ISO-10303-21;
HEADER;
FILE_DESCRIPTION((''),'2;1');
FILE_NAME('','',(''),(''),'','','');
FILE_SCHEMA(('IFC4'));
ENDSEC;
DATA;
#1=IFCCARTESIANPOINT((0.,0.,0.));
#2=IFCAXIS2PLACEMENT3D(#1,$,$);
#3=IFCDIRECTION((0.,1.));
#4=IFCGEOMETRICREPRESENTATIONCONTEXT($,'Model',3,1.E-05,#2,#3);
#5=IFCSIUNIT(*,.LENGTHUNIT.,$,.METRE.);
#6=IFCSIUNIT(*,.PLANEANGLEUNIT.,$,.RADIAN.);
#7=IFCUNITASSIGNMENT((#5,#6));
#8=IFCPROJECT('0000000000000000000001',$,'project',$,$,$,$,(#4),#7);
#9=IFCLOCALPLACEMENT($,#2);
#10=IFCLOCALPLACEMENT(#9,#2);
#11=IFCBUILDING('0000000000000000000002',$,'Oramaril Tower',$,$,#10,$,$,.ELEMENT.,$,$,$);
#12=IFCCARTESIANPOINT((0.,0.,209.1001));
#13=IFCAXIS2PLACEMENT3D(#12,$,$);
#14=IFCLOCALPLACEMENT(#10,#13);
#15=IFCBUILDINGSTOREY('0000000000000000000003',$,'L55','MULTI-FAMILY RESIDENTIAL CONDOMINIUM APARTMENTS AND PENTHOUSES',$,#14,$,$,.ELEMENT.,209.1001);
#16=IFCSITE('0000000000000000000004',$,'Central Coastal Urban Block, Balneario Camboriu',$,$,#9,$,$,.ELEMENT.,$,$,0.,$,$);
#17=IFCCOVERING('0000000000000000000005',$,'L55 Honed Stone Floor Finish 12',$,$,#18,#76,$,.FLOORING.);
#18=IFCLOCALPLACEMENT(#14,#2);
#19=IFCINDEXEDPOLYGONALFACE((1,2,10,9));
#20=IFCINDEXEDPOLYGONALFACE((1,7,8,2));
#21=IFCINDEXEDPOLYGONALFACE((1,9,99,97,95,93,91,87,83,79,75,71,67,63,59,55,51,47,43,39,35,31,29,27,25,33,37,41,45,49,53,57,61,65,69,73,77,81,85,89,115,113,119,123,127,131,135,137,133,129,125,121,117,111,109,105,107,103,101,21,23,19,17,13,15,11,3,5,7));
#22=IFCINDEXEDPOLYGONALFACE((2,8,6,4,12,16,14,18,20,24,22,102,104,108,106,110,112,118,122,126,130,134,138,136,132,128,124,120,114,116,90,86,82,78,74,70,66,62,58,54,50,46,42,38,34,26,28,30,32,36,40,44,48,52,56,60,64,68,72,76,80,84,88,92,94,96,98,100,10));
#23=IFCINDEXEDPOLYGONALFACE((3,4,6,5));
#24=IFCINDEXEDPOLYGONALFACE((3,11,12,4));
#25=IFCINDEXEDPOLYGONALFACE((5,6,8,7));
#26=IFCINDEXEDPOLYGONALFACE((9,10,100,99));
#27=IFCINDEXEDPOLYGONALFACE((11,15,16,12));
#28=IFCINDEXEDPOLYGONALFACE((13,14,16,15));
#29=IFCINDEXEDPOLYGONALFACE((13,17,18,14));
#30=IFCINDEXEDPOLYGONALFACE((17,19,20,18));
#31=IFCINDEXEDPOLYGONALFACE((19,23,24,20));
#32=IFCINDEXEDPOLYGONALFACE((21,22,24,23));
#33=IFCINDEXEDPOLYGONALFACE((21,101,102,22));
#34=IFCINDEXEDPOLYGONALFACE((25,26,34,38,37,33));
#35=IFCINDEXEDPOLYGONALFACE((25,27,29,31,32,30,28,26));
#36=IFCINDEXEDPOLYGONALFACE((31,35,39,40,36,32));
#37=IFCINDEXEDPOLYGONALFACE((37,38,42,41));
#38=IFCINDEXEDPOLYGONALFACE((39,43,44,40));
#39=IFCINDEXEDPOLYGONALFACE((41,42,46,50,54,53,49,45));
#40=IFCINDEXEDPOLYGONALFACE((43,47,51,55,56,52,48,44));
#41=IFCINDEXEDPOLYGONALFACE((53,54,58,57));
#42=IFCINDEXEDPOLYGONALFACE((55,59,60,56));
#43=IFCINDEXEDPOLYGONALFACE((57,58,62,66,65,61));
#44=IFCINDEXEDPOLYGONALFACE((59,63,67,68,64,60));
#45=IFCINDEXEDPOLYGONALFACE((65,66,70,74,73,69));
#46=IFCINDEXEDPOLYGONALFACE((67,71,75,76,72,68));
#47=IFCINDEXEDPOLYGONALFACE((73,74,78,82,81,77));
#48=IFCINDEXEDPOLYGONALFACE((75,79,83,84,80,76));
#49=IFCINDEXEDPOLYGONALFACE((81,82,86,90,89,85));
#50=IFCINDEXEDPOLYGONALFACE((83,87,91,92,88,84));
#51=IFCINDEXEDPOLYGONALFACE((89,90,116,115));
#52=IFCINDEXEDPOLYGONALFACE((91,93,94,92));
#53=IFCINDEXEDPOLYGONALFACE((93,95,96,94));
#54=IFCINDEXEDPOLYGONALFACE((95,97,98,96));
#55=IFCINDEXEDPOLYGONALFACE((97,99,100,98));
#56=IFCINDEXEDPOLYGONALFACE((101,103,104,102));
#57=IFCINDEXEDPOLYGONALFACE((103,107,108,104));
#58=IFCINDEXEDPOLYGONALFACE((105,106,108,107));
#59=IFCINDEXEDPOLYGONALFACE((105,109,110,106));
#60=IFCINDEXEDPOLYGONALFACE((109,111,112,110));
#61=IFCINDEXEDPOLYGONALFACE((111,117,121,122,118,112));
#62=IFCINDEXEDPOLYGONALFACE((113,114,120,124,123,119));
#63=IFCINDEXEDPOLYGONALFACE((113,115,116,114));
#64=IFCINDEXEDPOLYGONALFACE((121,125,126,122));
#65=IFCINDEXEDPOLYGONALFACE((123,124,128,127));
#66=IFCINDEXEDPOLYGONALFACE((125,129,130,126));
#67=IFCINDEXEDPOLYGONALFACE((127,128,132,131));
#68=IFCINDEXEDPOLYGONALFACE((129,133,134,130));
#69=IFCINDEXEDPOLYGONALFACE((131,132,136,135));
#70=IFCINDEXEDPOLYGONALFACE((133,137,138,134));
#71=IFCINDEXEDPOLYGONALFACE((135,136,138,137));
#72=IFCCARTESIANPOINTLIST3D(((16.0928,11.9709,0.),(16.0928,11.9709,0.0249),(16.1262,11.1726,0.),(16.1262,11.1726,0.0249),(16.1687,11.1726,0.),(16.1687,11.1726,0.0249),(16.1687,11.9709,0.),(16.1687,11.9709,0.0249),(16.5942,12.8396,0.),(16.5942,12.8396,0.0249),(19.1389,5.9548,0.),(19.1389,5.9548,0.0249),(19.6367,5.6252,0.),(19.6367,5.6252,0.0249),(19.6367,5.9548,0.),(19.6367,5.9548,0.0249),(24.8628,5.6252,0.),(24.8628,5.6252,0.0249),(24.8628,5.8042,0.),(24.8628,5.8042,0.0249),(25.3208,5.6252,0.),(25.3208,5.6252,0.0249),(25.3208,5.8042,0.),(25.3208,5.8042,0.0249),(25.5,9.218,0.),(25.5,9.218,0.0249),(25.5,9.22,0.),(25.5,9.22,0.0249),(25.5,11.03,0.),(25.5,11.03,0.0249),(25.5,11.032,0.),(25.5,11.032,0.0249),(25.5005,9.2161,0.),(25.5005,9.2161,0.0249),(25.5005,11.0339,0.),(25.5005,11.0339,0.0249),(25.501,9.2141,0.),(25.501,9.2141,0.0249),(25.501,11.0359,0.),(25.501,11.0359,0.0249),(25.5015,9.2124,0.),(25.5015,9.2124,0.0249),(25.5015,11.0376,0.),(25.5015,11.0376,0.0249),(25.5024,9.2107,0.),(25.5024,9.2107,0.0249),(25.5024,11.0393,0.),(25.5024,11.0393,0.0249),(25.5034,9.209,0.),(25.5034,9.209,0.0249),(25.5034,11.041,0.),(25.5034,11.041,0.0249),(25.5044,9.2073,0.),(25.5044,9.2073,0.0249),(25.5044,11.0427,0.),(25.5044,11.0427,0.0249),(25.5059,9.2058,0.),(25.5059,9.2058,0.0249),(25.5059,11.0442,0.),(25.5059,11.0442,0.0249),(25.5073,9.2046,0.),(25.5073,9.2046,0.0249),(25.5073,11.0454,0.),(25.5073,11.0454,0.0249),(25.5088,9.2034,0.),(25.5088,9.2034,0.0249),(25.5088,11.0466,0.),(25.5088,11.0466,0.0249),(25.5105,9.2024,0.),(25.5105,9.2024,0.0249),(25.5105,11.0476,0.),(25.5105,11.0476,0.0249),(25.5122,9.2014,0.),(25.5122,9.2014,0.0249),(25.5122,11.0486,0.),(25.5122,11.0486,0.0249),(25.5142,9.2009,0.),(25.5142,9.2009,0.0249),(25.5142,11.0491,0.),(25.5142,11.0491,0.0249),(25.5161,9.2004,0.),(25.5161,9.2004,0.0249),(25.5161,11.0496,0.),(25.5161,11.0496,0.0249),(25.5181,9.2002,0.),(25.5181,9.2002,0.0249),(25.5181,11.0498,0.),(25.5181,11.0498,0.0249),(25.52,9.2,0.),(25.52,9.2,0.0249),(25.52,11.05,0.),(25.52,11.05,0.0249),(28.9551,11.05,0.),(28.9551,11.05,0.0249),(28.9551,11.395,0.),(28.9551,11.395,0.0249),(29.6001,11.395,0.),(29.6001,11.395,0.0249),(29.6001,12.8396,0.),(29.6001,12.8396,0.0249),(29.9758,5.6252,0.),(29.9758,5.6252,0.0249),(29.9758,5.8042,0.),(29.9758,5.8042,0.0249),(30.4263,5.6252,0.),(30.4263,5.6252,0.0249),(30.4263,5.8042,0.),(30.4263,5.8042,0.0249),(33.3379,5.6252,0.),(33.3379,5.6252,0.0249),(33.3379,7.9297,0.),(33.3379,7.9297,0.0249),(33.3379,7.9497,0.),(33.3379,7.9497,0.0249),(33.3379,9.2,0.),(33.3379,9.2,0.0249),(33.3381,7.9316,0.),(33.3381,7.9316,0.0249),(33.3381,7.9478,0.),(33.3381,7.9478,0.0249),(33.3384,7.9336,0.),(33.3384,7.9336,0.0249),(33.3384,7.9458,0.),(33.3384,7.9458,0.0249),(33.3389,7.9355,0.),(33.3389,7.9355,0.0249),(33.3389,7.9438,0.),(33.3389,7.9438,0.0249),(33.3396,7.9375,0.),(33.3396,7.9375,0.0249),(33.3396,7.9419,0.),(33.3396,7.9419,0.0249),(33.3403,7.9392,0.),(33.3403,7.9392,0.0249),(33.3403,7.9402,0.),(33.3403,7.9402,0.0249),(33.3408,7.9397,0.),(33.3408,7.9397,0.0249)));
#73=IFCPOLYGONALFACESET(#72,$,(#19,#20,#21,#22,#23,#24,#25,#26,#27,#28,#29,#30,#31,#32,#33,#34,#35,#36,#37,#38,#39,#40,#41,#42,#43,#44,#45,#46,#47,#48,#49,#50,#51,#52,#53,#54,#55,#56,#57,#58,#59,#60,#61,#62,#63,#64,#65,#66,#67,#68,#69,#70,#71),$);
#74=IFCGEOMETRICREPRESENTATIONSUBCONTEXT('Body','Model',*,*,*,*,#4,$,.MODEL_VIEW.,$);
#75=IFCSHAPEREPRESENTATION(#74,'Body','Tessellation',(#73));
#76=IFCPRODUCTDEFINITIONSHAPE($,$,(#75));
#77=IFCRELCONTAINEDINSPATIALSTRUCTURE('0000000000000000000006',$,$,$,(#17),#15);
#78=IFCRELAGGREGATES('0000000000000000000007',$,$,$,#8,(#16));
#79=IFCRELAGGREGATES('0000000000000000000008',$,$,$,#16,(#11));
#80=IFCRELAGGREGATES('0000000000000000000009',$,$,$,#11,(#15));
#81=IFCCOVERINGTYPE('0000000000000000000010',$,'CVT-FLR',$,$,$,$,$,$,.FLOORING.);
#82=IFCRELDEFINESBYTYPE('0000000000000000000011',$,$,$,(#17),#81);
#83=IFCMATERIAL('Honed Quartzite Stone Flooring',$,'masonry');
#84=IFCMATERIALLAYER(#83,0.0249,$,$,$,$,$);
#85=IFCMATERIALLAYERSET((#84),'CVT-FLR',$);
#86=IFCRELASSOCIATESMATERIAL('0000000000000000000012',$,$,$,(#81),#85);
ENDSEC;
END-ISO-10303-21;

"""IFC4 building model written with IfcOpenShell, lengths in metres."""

from ifc_helpers import new_model, si_unit, direction, frame, origin, place, context, subcontext, project, spatial, polyline, outline, extrude, material, layer, layer_set, type_object, element, save


model = new_model("IFC4")

# Units and contexts
model_context = context("Model", 3, precision=1e-05, world=origin(), true_north=direction((0.0, 1.0)))
body_context = subcontext(model_context, "Body", "Model", "MODEL_VIEW")
ifc_project = project(units=[si_unit("LENGTHUNIT", "METRE"), si_unit("PLANEANGLEUNIT", "RADIAN")], contexts=[model_context])

# Site, building, storey
site_placement = place(None, origin())
site = spatial("IfcSite", under=ifc_project, at=site_placement, Name="Central Coastal Urban Block, Balneario Camboriu", CompositionType="ELEMENT", RefElevation=0.0)
building_placement = place(site_placement, origin())
building = spatial("IfcBuilding", under=site, at=building_placement, Name="Oramaril Tower", CompositionType="ELEMENT")
storey_placement = place(building_placement, frame((0.0, 0.0, 209.1001)))
storey = spatial("IfcBuildingStorey", under=building, at=storey_placement, Name="L55", Description="MULTI-FAMILY RESIDENTIAL CONDOMINIUM APARTMENTS AND PENTHOUSES", CompositionType="ELEMENT", Elevation=209.1001)

# Covering
ifc_material_1 = material(Name="Honed Quartzite Stone Flooring", Category="masonry")
ifc_layer_1 = layer(ifc_material_1, 0.0249)
ifc_layer_set_1 = layer_set([ifc_layer_1], Name="CVT-FLR")
covering_type_1 = type_object("IfcCoveringType", Name="CVT-FLR", PredefinedType="FLOORING", material=ifc_layer_set_1)
covering_1_placement = place(storey_placement, origin())
element("IfcCovering", 1, at=covering_1_placement, inside=storey, type_object=covering_type_1, Name="L55 Honed Stone Floor Finish 12", PredefinedType="FLOORING", context=body_context, shape_type="SweptSolid", body=[
    extrude(outline(polyline([(29.6001, 12.8396), (29.6001, 11.395), (28.9551, 11.395), (28.9551, 11.05), (25.52, 11.05), (25.5181, 11.0498), (25.5161, 11.0496), (25.5142, 11.0491), (25.5122, 11.0486), (25.5105, 11.0476), (25.5088, 11.0466), (25.5073, 11.0454), (25.5059, 11.0442), (25.5044, 11.0427), (25.5034, 11.041), (25.5024, 11.0393), (25.5015, 11.0376), (25.501, 11.0359), (25.5005, 11.0339), (25.5, 11.032), (25.5, 11.03), (25.5, 9.22), (25.5, 9.218), (25.5005, 9.2161), (25.501, 9.2141), (25.5015, 9.2124), (25.5024, 9.2107), (25.5034, 9.209), (25.5044, 9.2073), (25.5059, 9.2058), (25.5073, 9.2046), (25.5088, 9.2034), (25.5105, 9.2024), (25.5122, 9.2014), (25.5142, 9.2009), (25.5161, 9.2004), (25.5181, 9.2002), (25.52, 9.2), (33.3379, 9.2), (33.3379, 7.9497), (33.3381, 7.9478), (33.3384, 7.9458), (33.3389, 7.9438), (33.3396, 7.9419), (33.3403, 7.9402), (33.3408, 7.9397), (33.3403, 7.9392), (33.3396, 7.9375), (33.3389, 7.9355), (33.3384, 7.9336), (33.3381, 7.9316), (33.3379, 7.9297), (33.3379, 5.6252), (30.4263, 5.6252), (30.4263, 5.8042), (29.9758, 5.8042), (29.9758, 5.6252), (25.3208, 5.6252), (25.3208, 5.8042), (24.8628, 5.8042), (24.8628, 5.6252), (19.6367, 5.6252), (19.6367, 5.9548), (19.1389, 5.9548), (16.1262, 11.1726), (16.1687, 11.1726), (16.1687, 11.9709), (16.0928, 11.9709), (16.5942, 12.8396), (29.6001, 12.8396)])), origin(), (0.0, 0.0, 1.0), 0.0249),
])

save(model, "model.ifc")
